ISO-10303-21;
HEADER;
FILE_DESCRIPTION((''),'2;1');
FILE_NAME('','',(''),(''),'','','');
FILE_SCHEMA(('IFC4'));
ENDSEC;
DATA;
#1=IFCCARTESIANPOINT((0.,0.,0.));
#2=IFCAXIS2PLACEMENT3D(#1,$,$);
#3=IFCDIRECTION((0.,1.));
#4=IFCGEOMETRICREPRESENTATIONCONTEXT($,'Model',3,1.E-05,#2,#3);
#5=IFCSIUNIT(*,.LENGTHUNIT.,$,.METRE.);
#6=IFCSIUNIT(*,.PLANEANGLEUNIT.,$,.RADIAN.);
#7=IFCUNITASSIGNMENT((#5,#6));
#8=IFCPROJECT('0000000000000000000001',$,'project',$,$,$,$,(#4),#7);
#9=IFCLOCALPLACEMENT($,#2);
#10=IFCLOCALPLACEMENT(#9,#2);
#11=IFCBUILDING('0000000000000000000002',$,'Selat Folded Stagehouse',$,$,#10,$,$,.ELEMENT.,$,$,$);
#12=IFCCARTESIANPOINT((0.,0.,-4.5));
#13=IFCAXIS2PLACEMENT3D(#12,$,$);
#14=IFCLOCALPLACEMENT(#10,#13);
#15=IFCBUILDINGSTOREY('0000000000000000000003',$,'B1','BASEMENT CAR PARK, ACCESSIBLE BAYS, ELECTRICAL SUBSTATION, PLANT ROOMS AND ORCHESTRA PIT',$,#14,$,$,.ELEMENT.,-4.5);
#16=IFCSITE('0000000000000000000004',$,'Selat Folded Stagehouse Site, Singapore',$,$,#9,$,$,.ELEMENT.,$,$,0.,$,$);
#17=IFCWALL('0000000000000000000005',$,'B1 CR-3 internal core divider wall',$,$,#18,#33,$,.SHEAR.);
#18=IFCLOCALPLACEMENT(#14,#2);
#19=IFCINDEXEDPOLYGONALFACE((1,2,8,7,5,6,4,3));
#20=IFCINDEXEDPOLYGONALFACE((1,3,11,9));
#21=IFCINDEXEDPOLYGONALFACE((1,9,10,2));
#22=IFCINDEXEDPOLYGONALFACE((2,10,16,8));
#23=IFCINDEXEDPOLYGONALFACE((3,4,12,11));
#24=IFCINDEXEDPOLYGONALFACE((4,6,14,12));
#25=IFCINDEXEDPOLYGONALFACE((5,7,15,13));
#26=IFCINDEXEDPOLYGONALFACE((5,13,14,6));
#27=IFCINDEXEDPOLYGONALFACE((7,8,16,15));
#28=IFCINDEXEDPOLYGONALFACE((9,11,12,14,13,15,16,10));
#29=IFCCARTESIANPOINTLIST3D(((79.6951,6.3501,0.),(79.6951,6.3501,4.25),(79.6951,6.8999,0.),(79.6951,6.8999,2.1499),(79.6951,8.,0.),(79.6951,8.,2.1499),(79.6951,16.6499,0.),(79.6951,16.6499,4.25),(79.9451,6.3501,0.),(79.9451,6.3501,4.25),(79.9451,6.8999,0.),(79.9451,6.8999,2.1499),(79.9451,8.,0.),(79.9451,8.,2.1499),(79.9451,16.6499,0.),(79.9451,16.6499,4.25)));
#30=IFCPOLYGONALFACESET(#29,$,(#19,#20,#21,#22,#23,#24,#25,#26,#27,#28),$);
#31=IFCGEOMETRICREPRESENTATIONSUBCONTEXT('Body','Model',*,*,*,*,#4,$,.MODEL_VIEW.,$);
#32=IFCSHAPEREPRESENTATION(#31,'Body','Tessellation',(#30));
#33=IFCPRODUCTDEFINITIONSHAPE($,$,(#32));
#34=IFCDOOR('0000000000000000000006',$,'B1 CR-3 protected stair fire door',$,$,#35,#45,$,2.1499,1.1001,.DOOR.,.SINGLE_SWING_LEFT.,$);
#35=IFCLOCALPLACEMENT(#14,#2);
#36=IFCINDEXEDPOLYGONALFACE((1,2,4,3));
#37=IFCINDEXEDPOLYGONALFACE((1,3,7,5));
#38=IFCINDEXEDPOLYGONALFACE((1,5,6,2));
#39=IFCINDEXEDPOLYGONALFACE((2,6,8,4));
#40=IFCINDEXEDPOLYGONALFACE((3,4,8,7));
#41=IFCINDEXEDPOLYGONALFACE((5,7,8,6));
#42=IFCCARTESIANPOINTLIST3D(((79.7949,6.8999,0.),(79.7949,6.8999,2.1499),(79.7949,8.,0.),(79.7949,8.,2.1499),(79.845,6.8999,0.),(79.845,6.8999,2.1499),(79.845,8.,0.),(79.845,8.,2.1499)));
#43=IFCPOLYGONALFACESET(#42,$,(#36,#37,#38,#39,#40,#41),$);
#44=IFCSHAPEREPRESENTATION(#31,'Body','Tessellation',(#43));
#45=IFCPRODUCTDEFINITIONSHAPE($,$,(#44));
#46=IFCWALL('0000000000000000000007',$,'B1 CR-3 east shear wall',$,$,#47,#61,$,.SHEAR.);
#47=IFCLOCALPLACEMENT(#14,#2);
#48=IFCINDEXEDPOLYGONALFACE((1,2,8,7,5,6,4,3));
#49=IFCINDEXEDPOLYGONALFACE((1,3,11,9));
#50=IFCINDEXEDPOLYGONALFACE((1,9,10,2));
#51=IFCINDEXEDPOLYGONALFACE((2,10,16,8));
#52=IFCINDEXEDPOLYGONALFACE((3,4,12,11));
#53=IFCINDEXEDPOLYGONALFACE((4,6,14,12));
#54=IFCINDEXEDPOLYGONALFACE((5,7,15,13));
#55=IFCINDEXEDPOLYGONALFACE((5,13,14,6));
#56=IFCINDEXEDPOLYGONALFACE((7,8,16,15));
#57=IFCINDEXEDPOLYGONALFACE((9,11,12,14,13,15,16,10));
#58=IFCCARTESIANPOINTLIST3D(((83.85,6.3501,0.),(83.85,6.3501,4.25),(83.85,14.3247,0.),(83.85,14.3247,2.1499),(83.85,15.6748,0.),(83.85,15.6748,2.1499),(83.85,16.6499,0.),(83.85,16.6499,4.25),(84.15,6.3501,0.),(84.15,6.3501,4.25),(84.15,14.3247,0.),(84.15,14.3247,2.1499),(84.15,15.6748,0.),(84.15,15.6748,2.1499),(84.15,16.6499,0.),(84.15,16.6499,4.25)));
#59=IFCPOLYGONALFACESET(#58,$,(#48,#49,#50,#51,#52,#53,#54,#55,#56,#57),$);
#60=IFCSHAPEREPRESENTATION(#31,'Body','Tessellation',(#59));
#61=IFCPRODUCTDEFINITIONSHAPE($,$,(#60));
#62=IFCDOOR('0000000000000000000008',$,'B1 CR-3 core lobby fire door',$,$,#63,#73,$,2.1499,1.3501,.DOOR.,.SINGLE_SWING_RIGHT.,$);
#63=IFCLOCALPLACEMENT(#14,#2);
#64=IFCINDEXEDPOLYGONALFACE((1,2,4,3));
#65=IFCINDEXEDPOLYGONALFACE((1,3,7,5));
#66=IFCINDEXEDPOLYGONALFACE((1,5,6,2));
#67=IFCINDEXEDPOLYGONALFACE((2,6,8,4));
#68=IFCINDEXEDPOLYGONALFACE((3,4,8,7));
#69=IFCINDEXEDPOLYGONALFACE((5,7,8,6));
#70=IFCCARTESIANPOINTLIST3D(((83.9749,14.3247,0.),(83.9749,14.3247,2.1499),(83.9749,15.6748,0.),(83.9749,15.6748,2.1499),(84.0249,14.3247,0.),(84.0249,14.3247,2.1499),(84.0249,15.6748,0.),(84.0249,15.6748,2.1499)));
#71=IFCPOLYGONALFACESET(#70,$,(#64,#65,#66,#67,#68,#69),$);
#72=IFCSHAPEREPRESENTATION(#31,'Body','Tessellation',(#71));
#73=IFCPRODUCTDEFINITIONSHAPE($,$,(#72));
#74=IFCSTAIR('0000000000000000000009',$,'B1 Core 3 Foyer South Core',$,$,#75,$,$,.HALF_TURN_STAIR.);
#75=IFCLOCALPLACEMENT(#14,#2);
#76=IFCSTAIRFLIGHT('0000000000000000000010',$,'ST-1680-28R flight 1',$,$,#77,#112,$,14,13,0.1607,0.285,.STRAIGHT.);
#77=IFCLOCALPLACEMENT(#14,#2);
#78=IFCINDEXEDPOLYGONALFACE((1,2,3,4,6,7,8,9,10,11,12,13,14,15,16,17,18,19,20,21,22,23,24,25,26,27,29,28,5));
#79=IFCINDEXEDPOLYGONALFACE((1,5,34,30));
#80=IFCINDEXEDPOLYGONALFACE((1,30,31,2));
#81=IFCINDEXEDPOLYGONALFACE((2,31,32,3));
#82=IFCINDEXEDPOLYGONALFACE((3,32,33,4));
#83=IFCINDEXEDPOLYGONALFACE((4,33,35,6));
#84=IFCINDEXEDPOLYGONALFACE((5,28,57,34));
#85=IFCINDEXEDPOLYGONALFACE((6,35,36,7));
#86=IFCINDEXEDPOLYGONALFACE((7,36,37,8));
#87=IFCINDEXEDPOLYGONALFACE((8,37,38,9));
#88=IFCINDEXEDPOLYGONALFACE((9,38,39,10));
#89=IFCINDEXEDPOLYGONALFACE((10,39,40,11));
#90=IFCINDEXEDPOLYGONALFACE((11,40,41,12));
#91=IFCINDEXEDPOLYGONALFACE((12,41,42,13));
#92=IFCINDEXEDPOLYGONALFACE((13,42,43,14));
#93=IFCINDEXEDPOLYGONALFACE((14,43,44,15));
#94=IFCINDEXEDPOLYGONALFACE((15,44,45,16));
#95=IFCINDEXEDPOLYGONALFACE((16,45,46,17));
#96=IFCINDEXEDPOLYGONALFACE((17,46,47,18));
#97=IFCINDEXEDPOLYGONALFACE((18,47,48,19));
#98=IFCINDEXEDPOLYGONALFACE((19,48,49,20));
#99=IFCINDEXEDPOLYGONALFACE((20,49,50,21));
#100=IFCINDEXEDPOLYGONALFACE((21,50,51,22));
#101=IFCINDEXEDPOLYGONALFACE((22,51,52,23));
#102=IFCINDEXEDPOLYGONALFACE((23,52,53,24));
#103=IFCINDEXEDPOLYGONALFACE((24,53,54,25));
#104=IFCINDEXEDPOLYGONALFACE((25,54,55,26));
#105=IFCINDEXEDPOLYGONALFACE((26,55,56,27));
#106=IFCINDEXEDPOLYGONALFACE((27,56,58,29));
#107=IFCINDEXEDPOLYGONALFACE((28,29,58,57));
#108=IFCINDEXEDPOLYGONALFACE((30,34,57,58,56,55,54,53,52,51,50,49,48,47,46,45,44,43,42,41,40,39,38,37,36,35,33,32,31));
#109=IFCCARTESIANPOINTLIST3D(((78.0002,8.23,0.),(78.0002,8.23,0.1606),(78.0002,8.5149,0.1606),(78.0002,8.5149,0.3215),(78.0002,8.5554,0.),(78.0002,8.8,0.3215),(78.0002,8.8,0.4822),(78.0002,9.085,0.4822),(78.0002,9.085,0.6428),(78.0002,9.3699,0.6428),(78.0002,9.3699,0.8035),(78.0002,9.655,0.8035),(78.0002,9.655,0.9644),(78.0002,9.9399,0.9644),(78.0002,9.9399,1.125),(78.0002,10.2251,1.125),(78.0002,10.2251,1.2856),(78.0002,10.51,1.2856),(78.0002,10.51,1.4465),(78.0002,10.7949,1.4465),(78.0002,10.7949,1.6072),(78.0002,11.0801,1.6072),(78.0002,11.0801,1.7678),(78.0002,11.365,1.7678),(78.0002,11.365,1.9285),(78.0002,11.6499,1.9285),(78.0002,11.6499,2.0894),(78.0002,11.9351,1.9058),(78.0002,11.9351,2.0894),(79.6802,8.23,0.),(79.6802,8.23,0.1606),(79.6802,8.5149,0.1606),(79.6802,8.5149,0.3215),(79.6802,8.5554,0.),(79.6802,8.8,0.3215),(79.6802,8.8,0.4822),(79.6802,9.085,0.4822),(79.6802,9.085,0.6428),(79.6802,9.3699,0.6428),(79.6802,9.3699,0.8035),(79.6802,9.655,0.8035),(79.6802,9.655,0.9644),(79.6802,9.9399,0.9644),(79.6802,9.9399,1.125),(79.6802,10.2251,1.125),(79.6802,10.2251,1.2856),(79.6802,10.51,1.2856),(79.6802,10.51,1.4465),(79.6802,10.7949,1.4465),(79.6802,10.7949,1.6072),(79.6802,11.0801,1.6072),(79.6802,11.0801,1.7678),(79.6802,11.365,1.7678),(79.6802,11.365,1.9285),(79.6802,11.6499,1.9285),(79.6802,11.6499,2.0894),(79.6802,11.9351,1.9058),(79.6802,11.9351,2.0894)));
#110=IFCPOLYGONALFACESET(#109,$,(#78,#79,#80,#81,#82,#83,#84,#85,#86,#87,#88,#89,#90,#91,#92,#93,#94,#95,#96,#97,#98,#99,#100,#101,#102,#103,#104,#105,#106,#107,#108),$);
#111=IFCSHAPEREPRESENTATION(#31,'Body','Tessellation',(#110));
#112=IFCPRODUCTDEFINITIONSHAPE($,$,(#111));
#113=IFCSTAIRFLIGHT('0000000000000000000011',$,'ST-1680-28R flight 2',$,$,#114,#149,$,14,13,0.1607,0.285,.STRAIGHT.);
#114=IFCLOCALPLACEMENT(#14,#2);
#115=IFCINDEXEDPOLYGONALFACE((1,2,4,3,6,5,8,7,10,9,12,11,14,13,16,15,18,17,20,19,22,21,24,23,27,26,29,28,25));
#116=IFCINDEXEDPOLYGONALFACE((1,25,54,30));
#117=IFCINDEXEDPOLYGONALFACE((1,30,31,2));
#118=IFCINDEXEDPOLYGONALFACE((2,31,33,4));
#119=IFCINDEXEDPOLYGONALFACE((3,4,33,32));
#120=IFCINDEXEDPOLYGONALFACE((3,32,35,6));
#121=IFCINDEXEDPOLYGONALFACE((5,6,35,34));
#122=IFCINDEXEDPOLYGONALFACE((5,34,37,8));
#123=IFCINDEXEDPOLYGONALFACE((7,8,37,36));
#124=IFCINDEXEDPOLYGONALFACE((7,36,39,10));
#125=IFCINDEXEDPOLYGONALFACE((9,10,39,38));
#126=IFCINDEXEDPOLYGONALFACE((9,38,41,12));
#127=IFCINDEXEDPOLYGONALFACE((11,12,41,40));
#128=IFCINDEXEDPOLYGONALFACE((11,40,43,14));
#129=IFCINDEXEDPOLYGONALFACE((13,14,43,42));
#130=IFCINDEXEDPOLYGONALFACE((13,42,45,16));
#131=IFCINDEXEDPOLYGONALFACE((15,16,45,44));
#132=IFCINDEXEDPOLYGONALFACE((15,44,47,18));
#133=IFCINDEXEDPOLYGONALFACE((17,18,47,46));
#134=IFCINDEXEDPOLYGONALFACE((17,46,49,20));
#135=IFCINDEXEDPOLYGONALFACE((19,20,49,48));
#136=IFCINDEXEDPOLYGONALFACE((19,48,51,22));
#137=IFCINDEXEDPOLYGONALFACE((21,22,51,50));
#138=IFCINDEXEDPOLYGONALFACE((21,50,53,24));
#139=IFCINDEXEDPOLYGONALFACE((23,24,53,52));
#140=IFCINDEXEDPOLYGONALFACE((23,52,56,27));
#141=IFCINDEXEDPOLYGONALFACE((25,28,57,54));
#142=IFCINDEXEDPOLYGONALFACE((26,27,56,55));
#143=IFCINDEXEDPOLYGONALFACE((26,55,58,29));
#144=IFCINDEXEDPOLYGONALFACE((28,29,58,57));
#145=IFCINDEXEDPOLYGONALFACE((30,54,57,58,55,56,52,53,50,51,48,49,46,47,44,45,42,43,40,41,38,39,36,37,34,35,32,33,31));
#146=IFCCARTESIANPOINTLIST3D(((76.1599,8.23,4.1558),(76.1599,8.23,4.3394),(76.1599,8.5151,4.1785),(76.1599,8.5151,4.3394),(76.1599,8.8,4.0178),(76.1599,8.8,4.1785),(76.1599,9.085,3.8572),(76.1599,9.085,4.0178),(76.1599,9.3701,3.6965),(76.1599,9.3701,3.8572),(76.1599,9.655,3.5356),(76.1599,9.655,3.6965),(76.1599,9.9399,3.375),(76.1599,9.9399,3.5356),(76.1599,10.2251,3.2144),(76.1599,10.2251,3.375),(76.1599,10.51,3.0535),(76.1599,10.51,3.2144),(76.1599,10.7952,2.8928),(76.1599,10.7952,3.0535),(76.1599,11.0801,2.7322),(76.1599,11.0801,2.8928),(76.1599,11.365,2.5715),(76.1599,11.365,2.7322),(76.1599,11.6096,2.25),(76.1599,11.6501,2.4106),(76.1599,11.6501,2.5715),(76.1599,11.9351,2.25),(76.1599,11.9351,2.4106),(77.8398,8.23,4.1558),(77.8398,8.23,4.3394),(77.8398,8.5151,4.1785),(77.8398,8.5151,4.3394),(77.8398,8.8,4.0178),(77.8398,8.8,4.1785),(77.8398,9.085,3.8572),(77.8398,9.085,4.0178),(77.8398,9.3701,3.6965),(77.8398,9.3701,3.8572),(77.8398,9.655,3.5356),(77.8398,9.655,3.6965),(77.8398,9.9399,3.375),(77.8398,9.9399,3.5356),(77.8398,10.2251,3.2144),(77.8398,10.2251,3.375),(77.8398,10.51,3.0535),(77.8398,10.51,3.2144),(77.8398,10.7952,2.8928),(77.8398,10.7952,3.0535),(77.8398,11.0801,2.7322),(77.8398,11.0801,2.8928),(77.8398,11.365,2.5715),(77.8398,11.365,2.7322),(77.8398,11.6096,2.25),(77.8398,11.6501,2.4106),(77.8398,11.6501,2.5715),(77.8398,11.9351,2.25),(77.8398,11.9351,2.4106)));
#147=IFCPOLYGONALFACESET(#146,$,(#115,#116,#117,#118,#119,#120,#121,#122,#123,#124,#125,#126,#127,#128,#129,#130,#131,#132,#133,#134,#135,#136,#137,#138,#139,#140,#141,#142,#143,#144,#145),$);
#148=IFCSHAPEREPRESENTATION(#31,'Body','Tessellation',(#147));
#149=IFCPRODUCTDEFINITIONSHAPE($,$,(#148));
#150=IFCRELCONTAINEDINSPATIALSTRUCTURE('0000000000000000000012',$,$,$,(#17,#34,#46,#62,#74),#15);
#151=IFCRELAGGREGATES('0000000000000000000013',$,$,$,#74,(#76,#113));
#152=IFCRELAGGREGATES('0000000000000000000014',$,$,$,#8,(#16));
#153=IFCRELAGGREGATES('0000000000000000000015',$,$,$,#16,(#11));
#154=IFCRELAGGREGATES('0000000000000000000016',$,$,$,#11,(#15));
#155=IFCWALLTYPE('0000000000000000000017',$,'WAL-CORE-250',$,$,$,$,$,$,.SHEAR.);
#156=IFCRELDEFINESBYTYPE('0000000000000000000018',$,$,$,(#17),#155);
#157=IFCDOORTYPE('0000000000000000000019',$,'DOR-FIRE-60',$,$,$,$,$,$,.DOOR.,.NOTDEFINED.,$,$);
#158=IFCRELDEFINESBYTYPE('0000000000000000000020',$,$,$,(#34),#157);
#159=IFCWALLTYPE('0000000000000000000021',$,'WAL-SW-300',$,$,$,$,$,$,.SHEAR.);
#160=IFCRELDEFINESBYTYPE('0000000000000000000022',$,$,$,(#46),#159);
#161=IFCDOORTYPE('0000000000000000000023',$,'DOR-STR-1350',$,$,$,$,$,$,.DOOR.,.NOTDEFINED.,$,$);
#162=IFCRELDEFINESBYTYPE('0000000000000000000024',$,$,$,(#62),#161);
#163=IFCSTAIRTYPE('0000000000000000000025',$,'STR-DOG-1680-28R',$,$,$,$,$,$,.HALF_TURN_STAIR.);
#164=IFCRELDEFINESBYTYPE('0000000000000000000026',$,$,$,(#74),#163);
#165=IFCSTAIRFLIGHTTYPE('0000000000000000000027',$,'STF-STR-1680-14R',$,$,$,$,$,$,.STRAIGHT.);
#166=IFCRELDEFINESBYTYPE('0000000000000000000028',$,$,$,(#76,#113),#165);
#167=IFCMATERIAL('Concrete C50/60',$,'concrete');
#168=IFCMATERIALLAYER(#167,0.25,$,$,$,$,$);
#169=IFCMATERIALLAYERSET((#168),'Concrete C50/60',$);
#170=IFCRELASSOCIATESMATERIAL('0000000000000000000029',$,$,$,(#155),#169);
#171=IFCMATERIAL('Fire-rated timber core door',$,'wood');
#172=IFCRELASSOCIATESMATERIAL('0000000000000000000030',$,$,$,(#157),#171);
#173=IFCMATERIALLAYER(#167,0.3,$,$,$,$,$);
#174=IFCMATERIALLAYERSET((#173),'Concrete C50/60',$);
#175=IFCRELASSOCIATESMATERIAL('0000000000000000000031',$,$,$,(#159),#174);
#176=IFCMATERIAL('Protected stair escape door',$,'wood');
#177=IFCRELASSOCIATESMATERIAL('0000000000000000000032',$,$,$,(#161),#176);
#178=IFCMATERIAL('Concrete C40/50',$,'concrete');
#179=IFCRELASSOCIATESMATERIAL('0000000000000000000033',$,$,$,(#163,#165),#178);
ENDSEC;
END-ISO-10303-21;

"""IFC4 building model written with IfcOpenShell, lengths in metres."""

from ifc_helpers import new_model, si_unit, direction, frame, frame_2d, origin, place, context, subcontext, project, spatial, polyline, rectangle, outline, extrude, material, layer, layer_set, type_object, element, fill, aggregate, save


model = new_model("IFC4")

# Units and contexts
model_context = context("Model", 3, precision=1e-05, world=origin(), true_north=direction((0.0, 1.0)))
body_context = subcontext(model_context, "Body", "Model", "MODEL_VIEW")
ifc_project = project(units=[si_unit("LENGTHUNIT", "METRE"), si_unit("PLANEANGLEUNIT", "RADIAN")], contexts=[model_context])

# Site, building, storey
site_placement = place(None, origin())
site = spatial("IfcSite", under=ifc_project, at=site_placement, Name="Selat Folded Stagehouse Site, Singapore", CompositionType="ELEMENT", RefElevation=0.0)
building_placement = place(site_placement, origin())
building = spatial("IfcBuilding", under=site, at=building_placement, Name="Selat Folded Stagehouse", CompositionType="ELEMENT")
storey_placement = place(building_placement, frame((0.0, 0.0, -4.5)))
storey = spatial("IfcBuildingStorey", under=building, at=storey_placement, Name="B1", Description="BASEMENT CAR PARK, ACCESSIBLE BAYS, ELECTRICAL SUBSTATION, PLANT ROOMS AND ORCHESTRA PIT", CompositionType="ELEMENT", Elevation=-4.5)

# Shared definitions
ifc_material_1 = material(Name="Concrete C40/50", Category="concrete")

# Walls, openings, doors
ifc_material_2 = material(Name="Concrete C50/60", Category="concrete")
ifc_layer_1 = layer(ifc_material_2, 0.25)
ifc_layer_set_1 = layer_set([ifc_layer_1], Name="Concrete C50/60")
wall_type_1 = type_object("IfcWallType", Name="WAL-CORE-250", PredefinedType="SHEAR", material=ifc_layer_set_1)
wall_1_placement = place(storey_placement, frame((79.8201, 16.6499, 0.0), z_axis=(0.0, 0.0, 1.0), x_axis=(0.0, -1.0, 0.0)))
wall_1 = element("IfcWall", 1, at=wall_1_placement, inside=storey, type_object=wall_type_1, Name="B1 CR-3 internal core divider wall", PredefinedType="SHEAR", context=body_context, shape_type="SweptSolid", body=[
    extrude(rectangle(XDim=10.2998, YDim=0.25, at=frame_2d((5.1499, 0.0))), origin(), (0.0, 0.0, 1.0), 4.25),
])
opening_1_placement = place(wall_1_placement, frame((8.6499, 0.0, 0.0)))
opening_1 = element("IfcOpeningElement", 2, at=opening_1_placement, cuts=wall_1, PredefinedType="OPENING", context=body_context, shape_type="SweptSolid", body=[
    extrude(rectangle(XDim=1.1001, YDim=2.1499, at=frame_2d((0.55, 1.075))), frame((0.0, 0.135, 0.0), z_axis=(0.0, -1.0, 0.0), x_axis=(1.0, 0.0, 0.0)), (0.0, 0.0, 1.0), 0.27),
])
ifc_material_3 = material(Name="Fire-rated timber core door", Category="wood")
door_type_1 = type_object("IfcDoorType", Name="DOR-FIRE-60", OperationType="NOTDEFINED", PredefinedType="DOOR", material=ifc_material_3)
door_1_placement = place(opening_1_placement, origin())
door_1 = element("IfcDoor", 3, at=door_1_placement, inside=storey, type_object=door_type_1, Name="B1 CR-3 protected stair fire door", OperationType="SINGLE_SWING_LEFT", OverallHeight=2.1499, OverallWidth=1.1001, PredefinedType="DOOR", context=body_context, shape_type="SweptSolid", body=[
    extrude(rectangle(XDim=1.1001, YDim=2.1499, at=frame_2d((0.55, 1.075))), frame((0.0, 0.0249, 0.0), z_axis=(0.0, -1.0, 0.0), x_axis=(1.0, 0.0, 0.0)), (0.0, 0.0, 1.0), 0.05),
])
fill(opening_1, door_1)
ifc_layer_2 = layer(ifc_material_2, 0.3)
ifc_layer_set_2 = layer_set([ifc_layer_2], Name="Concrete C50/60")
wall_type_2 = type_object("IfcWallType", Name="WAL-SW-300", PredefinedType="SHEAR", material=ifc_layer_set_2)
wall_2_placement = place(storey_placement, frame((84.0, 16.6499, 0.0), z_axis=(0.0, 0.0, 1.0), x_axis=(0.0, -1.0, 0.0)))
wall_2 = element("IfcWall", 4, at=wall_2_placement, inside=storey, type_object=wall_type_2, Name="B1 CR-3 east shear wall", PredefinedType="SHEAR", context=body_context, shape_type="SweptSolid", body=[
    extrude(rectangle(XDim=10.2998, YDim=0.3, at=frame_2d((5.1499, 0.0))), origin(), (0.0, 0.0, 1.0), 4.25),
])
opening_2_placement = place(wall_2_placement, frame((0.9751, 0.0, 0.0)))
opening_2 = element("IfcOpeningElement", 5, at=opening_2_placement, cuts=wall_2, PredefinedType="OPENING", context=body_context, shape_type="SweptSolid", body=[
    extrude(rectangle(XDim=1.3501, YDim=2.1499, at=frame_2d((0.675, 1.075))), frame((0.0, 0.1599, 0.0), z_axis=(0.0, -1.0, 0.0), x_axis=(1.0, 0.0, 0.0)), (0.0, 0.0, 1.0), 0.3201),
])
ifc_material_4 = material(Name="Protected stair escape door", Category="wood")
door_type_2 = type_object("IfcDoorType", Name="DOR-STR-1350", OperationType="NOTDEFINED", PredefinedType="DOOR", material=ifc_material_4)
door_2_placement = place(opening_2_placement, origin())
door_2 = element("IfcDoor", 6, at=door_2_placement, inside=storey, type_object=door_type_2, Name="B1 CR-3 core lobby fire door", OperationType="SINGLE_SWING_RIGHT", OverallHeight=2.1499, OverallWidth=1.3501, PredefinedType="DOOR", context=body_context, shape_type="SweptSolid", body=[
    extrude(rectangle(XDim=1.3501, YDim=2.1499, at=frame_2d((0.675, 1.075))), frame((0.0, 0.0249, 0.0), z_axis=(0.0, -1.0, 0.0), x_axis=(1.0, 0.0, 0.0)), (0.0, 0.0, 1.0), 0.05),
])
fill(opening_2, door_2)

# Stair, stair flights
stair_type = type_object("IfcStairType", Name="STR-DOG-1680-28R", PredefinedType="HALF_TURN_STAIR", material=ifc_material_1)
stair_placement = place(storey_placement, origin())
stair = element("IfcStair", 7, at=stair_placement, inside=storey, type_object=stair_type, Name="B1 Core 3 Foyer South Core", PredefinedType="HALF_TURN_STAIR")
stair_flight_type = type_object("IfcStairFlightType", Name="STF-STR-1680-14R", PredefinedType="STRAIGHT", material=ifc_material_1)
stair_flight_1_placement = place(storey_placement, frame((78.8401, 8.23, 0.0), z_axis=(0.0, 0.0, 1.0), x_axis=(0.0, 1.0, 0.0)))
stair_flight_1 = element("IfcStairFlight", 8, at=stair_flight_1_placement, type_object=stair_flight_type, Name="ST-1680-28R flight 1", NumberOfRisers=14, NumberOfTreads=13, PredefinedType="STRAIGHT", RiserHeight=0.1607, TreadLength=0.285, context=body_context, shape_type="SweptSolid", body=[
    extrude(outline(polyline([(0.0, 0.0), (0.0, 0.1606), (0.2849, 0.1606), (0.2849, 0.3215), (0.5701, 0.3215), (0.5701, 0.4822), (0.855, 0.4822), (0.855, 0.6428), (1.1399, 0.6428), (1.1399, 0.8035), (1.425, 0.8035), (1.425, 0.9644), (1.71, 0.9644), (1.71, 1.125), (1.9951, 1.125), (1.9951, 1.2856), (2.28, 1.2856), (2.28, 1.4465), (2.5649, 1.4465), (2.5649, 1.6072), (2.8501, 1.6072), (2.8501, 1.7678), (3.135, 1.7678), (3.135, 1.9285), (3.4199, 1.9285), (3.4199, 2.0894), (3.7051, 2.0894), (3.7051, 2.25), (3.7051, 1.9058), (0.3254, 0.0), (0.0, 0.0)])), frame((0.0, 0.8398, 0.0), z_axis=(0.0, -1.0, 0.0), x_axis=(1.0, 0.0, 0.0)), (0.0, 0.0, 1.0), 1.6799),
])
stair_flight_2_placement = place(storey_placement, frame((77.0, 11.9351, 2.25), z_axis=(0.0, 0.0, 1.0), x_axis=(0.0, -1.0, 0.0)))
stair_flight_2 = element("IfcStairFlight", 9, at=stair_flight_2_placement, type_object=stair_flight_type, Name="ST-1680-28R flight 2", NumberOfRisers=14, NumberOfTreads=13, PredefinedType="STRAIGHT", RiserHeight=0.1607, TreadLength=0.285, context=body_context, shape_type="SweptSolid", body=[
    extrude(outline(polyline([(0.0, 0.0), (0.0, 0.1606), (0.2849, 0.1606), (0.2849, 0.3215), (0.5701, 0.3215), (0.5701, 0.4822), (0.855, 0.4822), (0.855, 0.6428), (1.1399, 0.6428), (1.1399, 0.8035), (1.425, 0.8035), (1.425, 0.9644), (1.71, 0.9644), (1.71, 1.125), (1.9951, 1.125), (1.9951, 1.2856), (2.28, 1.2856), (2.28, 1.4465), (2.5649, 1.4465), (2.5649, 1.6072), (2.8501, 1.6072), (2.8501, 1.7678), (3.135, 1.7678), (3.135, 1.9285), (3.4199, 1.9285), (3.4199, 2.0894), (3.7051, 2.0894), (3.7051, 2.25), (3.7051, 1.9058), (0.3254, 0.0), (0.0, 0.0)])), frame((0.0, 0.8398, 0.0), z_axis=(0.0, -1.0, 0.0), x_axis=(1.0, 0.0, 0.0)), (0.0, 0.0, 1.0), 1.6799),
])
aggregate(stair, [stair_flight_1, stair_flight_2])

save(model, "model.ifc")
